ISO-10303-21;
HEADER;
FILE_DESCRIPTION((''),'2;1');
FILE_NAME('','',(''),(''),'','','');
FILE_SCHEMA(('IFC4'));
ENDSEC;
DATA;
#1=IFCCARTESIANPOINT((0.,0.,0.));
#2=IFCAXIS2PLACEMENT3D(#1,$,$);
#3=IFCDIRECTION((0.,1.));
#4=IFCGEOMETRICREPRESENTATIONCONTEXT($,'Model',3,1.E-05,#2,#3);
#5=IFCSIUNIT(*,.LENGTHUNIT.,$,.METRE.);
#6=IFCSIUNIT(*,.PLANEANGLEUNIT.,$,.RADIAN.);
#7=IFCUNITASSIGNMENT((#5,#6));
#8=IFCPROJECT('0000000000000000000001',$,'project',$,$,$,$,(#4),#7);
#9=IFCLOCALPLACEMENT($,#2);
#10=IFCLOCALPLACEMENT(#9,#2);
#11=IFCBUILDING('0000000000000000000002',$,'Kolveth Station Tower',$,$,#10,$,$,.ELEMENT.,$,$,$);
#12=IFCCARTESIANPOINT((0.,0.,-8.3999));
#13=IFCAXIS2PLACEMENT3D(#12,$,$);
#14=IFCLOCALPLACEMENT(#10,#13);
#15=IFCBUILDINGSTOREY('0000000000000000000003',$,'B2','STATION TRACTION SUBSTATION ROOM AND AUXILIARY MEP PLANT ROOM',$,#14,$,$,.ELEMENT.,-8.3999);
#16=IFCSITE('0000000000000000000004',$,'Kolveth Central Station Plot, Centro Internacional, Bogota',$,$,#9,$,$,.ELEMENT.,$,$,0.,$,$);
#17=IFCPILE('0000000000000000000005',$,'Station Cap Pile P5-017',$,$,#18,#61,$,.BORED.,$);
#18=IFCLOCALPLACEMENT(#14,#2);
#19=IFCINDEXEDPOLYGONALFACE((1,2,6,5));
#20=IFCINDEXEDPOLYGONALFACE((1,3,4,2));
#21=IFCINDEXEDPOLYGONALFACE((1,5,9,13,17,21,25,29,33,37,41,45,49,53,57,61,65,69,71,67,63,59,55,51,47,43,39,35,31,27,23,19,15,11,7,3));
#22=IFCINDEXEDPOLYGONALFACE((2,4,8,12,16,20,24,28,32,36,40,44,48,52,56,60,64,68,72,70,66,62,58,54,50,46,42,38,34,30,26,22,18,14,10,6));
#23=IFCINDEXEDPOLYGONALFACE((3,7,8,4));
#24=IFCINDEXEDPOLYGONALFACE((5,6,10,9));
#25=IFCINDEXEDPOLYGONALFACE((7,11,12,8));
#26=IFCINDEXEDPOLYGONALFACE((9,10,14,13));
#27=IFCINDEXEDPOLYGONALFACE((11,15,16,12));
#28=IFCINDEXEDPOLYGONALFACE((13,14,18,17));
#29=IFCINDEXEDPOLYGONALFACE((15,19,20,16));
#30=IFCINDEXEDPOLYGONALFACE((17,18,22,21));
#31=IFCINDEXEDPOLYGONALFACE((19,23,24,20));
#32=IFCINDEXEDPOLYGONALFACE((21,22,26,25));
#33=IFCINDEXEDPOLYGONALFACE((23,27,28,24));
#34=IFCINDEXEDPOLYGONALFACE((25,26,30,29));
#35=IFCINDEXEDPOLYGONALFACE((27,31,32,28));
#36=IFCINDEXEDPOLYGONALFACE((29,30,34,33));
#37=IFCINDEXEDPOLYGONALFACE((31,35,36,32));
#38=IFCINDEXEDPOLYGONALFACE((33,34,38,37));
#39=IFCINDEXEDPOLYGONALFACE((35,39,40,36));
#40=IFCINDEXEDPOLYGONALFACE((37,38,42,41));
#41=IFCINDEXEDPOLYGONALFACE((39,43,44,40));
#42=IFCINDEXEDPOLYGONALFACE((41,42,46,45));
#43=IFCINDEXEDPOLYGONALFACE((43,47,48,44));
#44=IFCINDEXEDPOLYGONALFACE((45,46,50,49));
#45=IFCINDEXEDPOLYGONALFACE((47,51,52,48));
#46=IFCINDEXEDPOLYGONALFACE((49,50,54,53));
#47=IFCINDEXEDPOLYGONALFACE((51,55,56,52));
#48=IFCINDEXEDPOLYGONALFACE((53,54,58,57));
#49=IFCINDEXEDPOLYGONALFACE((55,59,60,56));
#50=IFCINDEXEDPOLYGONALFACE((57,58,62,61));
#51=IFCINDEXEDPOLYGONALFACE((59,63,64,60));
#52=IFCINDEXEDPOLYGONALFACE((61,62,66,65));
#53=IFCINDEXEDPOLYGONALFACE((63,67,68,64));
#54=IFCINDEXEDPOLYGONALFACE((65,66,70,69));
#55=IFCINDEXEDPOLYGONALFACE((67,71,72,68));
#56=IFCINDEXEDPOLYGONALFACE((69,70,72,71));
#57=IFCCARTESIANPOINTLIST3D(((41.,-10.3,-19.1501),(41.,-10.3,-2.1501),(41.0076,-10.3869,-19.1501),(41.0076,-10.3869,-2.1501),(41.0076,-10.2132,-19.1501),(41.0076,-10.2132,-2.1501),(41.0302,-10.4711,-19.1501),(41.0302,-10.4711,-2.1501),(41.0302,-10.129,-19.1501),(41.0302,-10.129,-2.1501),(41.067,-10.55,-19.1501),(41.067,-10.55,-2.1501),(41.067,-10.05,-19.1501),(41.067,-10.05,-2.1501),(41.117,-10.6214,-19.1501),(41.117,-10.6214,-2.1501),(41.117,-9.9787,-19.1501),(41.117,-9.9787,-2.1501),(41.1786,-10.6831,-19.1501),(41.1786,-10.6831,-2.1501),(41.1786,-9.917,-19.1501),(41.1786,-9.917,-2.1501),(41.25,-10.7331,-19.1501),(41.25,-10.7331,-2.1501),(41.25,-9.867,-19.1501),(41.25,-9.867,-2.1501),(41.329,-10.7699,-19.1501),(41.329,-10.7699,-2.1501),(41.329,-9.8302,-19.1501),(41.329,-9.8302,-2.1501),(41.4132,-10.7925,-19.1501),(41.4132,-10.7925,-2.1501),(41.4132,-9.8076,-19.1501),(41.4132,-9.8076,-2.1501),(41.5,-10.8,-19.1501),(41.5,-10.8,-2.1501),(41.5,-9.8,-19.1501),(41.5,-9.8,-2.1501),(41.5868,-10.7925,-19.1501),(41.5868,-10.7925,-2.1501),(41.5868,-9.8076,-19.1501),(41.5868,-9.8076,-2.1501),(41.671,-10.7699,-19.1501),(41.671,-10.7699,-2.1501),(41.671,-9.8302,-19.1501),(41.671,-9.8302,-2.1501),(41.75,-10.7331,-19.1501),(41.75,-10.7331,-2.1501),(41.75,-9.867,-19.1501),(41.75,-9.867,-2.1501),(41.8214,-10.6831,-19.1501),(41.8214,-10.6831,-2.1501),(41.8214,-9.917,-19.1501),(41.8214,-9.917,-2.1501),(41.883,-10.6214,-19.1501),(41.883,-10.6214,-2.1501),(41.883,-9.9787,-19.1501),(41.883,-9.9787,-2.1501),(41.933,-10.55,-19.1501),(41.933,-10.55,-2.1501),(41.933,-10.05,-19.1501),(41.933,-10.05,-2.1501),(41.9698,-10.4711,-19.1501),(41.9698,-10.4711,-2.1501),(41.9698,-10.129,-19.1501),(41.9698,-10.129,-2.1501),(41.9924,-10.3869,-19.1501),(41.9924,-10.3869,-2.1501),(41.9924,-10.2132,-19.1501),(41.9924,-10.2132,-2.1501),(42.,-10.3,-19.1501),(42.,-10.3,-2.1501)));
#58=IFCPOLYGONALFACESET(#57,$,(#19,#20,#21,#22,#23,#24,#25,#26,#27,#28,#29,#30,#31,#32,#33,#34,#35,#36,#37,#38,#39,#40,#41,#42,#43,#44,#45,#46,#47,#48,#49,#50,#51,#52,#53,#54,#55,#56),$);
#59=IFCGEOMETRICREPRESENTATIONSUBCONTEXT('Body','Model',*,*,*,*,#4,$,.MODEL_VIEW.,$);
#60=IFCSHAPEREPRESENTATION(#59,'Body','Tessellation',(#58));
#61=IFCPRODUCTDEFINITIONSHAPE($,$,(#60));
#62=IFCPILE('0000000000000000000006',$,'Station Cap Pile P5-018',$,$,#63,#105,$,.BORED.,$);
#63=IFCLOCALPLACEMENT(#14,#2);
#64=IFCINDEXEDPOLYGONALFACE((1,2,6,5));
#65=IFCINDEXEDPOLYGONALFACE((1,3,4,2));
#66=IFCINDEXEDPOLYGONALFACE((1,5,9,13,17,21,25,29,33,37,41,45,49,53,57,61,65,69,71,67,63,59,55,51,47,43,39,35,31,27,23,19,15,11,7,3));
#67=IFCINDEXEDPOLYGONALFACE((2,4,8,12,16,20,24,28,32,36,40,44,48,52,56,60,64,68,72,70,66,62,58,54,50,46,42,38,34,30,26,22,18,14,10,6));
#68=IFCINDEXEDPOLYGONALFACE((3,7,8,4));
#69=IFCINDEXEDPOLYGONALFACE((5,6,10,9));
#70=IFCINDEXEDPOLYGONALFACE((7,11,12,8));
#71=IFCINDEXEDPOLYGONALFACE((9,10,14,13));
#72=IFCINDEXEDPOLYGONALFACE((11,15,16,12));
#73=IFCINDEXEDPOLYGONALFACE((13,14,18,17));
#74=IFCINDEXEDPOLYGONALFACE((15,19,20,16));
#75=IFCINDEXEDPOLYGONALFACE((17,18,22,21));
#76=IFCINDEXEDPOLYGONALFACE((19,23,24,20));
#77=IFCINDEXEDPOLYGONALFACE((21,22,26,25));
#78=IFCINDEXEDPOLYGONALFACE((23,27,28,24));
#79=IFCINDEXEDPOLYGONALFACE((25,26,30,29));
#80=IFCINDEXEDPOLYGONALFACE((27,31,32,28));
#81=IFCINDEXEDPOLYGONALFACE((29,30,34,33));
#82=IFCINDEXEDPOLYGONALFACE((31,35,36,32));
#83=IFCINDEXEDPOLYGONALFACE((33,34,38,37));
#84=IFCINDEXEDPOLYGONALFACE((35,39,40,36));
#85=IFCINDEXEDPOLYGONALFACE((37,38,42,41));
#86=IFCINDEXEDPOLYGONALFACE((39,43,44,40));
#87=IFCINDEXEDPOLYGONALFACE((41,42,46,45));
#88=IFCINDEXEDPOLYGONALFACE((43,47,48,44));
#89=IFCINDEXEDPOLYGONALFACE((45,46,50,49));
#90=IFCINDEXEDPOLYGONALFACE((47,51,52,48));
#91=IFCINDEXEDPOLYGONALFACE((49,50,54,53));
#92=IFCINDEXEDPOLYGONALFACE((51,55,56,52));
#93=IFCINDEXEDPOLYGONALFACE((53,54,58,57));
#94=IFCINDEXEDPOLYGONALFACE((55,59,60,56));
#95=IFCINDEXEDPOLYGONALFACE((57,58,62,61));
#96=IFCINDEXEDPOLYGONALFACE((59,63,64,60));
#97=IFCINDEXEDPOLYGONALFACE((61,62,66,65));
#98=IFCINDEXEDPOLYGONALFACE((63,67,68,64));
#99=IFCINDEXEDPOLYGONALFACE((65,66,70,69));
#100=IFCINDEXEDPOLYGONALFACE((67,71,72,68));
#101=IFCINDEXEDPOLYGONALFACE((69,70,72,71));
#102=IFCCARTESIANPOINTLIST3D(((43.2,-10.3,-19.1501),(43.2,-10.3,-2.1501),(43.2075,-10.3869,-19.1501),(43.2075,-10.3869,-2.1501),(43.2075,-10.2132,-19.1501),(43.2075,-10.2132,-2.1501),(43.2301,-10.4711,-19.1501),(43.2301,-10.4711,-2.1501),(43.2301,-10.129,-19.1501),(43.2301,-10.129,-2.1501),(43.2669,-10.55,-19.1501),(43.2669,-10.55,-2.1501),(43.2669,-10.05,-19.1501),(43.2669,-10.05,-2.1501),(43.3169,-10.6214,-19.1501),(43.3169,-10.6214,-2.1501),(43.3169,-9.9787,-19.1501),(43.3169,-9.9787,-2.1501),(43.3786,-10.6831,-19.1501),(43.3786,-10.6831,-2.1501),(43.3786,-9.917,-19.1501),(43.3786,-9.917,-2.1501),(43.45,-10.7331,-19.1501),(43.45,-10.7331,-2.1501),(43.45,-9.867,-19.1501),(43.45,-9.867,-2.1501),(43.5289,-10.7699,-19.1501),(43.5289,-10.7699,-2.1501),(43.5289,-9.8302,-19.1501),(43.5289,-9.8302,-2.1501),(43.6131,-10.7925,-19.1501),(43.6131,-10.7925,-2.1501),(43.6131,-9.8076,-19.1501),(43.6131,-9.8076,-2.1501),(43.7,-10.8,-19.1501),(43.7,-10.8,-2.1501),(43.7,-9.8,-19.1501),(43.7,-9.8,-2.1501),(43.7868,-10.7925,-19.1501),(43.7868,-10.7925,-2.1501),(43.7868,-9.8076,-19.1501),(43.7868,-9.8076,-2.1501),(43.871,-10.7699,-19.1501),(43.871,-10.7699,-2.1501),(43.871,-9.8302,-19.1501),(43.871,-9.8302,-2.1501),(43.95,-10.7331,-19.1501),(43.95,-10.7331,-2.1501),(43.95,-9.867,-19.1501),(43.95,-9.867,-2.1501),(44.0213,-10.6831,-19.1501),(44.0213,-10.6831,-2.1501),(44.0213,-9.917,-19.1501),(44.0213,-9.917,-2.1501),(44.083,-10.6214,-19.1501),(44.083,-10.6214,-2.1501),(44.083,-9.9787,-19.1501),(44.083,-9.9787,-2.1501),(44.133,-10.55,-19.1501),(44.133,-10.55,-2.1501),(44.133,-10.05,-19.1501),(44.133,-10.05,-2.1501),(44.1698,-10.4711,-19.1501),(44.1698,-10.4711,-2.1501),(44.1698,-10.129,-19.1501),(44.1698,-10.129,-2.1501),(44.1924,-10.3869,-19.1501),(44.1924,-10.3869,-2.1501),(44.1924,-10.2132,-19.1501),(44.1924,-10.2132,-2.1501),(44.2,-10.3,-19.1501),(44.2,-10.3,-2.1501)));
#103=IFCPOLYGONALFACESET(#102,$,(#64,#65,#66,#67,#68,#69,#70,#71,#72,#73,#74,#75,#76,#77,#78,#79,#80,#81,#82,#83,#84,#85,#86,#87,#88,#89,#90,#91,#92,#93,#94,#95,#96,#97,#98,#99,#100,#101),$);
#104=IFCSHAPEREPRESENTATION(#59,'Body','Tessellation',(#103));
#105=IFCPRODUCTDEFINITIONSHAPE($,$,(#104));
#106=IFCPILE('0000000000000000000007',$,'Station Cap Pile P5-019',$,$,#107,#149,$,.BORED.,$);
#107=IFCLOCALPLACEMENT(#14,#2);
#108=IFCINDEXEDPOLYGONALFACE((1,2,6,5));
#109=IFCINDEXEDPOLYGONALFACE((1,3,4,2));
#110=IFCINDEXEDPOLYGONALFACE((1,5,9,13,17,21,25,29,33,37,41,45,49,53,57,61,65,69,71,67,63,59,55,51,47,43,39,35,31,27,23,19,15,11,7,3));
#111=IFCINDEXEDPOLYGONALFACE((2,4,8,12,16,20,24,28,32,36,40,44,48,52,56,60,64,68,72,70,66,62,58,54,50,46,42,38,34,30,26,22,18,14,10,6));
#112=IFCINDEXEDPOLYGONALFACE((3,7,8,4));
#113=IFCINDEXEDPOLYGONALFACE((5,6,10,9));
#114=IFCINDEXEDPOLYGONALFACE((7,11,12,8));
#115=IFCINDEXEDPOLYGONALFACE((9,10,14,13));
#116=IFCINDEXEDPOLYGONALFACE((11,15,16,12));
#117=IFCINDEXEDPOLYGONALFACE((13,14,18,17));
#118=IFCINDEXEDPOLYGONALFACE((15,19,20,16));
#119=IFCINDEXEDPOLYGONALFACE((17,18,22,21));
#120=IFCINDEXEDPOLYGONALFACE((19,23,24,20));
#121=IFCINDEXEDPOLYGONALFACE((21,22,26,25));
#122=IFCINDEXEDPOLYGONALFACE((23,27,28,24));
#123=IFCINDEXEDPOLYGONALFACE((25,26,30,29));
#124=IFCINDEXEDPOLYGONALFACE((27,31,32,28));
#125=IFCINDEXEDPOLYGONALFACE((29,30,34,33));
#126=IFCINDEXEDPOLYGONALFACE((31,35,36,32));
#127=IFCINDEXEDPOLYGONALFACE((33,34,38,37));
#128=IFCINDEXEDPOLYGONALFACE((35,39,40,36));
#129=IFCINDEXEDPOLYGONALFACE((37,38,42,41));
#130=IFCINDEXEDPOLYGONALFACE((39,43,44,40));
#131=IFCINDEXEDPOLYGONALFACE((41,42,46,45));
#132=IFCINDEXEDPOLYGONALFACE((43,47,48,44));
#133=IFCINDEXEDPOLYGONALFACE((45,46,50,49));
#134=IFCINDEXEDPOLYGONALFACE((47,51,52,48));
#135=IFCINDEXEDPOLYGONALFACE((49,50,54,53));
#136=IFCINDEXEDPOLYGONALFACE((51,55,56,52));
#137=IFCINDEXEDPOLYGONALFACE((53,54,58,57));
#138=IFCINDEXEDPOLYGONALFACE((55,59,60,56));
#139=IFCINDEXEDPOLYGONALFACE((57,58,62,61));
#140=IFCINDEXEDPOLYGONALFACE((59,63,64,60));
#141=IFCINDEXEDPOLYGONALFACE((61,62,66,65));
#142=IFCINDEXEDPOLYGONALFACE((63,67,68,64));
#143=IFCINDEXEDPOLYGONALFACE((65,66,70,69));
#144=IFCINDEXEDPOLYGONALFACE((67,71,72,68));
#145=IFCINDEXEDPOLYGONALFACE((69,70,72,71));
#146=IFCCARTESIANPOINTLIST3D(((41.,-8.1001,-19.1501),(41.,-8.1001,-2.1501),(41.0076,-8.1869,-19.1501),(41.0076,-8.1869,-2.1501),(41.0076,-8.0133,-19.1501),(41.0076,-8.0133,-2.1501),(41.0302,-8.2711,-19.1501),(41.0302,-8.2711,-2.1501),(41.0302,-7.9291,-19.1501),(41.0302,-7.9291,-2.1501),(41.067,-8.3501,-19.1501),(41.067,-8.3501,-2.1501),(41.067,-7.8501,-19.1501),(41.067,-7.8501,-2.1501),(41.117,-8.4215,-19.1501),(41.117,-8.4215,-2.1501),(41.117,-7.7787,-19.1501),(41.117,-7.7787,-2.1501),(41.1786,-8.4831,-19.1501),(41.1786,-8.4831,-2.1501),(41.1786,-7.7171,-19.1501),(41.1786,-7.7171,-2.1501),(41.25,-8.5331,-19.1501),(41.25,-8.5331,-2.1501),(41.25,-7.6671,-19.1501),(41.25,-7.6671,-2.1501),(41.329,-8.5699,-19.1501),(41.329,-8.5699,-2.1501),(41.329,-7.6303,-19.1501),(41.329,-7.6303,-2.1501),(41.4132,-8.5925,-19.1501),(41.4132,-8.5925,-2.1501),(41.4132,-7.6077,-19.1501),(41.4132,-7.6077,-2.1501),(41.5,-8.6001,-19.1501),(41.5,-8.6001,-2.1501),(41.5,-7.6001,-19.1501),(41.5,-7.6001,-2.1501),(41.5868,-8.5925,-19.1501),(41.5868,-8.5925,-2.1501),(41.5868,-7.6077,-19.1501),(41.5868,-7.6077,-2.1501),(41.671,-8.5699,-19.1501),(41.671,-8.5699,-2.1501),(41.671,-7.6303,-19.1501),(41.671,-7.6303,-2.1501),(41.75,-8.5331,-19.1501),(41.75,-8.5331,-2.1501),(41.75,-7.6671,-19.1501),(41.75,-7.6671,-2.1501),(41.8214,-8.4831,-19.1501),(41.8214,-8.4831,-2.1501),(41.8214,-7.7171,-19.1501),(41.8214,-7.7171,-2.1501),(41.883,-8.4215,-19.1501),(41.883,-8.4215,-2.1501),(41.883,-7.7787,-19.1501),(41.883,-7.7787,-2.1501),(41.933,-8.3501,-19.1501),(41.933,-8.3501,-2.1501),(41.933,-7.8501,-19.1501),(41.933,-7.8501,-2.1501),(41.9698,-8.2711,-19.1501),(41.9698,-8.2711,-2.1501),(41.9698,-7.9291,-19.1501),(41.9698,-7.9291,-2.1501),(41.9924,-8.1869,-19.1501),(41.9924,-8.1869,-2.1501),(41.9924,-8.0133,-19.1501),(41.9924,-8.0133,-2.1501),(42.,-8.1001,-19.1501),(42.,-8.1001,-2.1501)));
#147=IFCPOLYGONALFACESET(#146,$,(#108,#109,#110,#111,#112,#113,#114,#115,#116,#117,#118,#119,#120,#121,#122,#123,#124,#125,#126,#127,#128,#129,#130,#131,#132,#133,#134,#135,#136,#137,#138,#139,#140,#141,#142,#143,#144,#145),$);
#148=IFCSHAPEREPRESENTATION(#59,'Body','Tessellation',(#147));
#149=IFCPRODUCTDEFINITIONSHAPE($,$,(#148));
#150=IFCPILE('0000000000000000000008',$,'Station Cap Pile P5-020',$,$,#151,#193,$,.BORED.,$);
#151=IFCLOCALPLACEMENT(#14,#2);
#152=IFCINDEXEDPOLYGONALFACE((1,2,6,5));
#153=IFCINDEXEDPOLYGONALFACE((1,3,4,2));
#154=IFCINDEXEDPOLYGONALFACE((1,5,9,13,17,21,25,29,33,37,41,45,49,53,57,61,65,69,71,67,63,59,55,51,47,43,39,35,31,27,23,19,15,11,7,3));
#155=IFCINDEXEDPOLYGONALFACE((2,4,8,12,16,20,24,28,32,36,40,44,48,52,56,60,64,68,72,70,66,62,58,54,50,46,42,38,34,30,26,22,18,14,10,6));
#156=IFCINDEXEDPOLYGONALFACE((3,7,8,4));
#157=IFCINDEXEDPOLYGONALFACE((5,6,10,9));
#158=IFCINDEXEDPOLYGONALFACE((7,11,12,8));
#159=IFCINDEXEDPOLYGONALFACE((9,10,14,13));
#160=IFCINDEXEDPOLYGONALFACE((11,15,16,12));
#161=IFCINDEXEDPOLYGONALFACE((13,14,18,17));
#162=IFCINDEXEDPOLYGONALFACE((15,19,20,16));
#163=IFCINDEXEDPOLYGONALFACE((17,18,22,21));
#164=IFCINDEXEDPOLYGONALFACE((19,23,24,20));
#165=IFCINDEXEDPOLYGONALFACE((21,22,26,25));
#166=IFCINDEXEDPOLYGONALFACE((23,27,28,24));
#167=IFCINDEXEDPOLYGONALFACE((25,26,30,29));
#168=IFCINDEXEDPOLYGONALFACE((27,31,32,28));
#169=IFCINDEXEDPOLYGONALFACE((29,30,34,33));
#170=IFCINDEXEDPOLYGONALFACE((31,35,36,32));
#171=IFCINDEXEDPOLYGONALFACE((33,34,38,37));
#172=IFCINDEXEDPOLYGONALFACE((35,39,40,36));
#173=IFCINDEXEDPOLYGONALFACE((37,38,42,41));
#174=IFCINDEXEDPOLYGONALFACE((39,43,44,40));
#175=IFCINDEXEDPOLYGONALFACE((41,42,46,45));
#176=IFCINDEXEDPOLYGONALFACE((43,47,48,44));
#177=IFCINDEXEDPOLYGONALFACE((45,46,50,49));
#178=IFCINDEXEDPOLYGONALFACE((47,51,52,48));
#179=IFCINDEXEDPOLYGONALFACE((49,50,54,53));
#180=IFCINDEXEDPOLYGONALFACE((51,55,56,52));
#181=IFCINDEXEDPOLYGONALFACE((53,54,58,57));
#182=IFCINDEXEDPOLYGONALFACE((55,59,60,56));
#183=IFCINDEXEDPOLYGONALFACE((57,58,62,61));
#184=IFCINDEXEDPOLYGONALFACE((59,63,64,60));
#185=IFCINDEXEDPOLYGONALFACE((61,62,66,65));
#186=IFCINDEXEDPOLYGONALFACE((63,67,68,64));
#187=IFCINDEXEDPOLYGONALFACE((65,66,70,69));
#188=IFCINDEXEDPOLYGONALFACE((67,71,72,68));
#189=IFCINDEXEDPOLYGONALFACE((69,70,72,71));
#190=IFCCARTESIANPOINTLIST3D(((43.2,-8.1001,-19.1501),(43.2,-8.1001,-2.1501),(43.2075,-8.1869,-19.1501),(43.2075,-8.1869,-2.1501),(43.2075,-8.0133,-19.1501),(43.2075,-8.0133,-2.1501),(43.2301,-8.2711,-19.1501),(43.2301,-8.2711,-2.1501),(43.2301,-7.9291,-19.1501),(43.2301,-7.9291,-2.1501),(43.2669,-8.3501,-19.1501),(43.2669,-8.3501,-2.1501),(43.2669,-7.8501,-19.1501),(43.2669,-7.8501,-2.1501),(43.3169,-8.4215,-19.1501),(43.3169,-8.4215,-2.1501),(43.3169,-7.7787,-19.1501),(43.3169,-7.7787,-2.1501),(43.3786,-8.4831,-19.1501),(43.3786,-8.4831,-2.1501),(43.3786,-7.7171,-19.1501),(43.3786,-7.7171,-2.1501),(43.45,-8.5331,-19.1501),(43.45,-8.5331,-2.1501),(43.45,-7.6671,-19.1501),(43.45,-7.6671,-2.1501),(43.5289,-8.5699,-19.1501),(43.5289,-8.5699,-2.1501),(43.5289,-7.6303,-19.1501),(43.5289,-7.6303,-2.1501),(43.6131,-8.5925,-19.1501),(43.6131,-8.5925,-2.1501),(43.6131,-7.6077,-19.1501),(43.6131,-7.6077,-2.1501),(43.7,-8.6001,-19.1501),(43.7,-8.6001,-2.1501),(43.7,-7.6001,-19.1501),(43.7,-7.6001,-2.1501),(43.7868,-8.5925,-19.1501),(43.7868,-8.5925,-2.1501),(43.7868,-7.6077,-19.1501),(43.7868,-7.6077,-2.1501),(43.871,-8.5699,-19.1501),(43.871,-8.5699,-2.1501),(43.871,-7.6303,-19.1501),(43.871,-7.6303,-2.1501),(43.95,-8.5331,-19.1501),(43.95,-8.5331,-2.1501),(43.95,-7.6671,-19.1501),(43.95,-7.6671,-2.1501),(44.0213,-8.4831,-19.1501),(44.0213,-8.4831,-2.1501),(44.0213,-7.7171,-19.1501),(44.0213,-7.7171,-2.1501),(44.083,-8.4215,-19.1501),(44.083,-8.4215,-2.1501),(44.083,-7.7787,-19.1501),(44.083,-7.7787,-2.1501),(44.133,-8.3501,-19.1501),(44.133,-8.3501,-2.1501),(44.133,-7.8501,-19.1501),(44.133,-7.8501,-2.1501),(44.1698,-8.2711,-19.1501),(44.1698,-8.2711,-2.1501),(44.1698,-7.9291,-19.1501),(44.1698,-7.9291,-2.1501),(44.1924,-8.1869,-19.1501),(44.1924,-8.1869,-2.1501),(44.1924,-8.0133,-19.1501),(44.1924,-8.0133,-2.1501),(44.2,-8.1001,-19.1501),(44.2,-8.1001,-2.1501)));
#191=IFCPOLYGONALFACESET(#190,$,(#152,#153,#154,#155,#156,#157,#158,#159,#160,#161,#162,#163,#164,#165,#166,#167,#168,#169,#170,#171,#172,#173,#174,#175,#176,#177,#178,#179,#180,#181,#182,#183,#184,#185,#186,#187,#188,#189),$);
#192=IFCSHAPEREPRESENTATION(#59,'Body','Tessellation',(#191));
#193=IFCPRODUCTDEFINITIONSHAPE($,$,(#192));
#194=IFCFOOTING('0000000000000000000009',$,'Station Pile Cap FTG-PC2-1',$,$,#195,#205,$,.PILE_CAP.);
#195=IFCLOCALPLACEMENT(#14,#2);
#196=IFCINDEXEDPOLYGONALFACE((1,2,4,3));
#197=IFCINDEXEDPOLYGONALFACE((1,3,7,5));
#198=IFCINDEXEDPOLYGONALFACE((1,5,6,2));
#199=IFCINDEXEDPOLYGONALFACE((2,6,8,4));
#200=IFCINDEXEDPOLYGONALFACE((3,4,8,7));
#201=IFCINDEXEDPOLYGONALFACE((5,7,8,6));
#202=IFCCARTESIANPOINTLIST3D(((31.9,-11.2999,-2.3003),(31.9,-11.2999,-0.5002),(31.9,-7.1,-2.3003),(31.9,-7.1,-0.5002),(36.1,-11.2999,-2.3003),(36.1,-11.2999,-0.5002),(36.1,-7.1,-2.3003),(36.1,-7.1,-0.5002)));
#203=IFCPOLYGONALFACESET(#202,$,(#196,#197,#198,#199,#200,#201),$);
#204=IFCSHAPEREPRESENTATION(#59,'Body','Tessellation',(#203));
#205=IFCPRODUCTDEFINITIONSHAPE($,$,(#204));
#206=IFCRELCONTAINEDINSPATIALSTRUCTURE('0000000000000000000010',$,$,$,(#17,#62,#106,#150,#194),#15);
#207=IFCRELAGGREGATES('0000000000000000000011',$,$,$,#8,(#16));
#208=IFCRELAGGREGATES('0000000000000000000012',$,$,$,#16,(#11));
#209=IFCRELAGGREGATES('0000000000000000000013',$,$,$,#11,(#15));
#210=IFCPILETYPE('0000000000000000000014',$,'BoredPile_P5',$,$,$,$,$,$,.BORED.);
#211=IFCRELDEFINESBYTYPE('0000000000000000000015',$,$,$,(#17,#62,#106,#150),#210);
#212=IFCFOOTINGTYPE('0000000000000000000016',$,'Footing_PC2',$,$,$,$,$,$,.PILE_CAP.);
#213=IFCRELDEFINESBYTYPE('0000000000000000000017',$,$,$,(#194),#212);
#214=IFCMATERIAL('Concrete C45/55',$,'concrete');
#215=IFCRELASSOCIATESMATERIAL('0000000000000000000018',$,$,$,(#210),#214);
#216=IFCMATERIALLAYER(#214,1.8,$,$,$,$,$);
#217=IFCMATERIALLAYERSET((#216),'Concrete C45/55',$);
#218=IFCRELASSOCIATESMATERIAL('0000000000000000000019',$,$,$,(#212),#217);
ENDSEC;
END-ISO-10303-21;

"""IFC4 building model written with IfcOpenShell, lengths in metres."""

from ifc_helpers import new_model, si_unit, direction, frame, origin, origin_2d, place, context, subcontext, project, spatial, rectangle, circle, extrude, source, transform, mapped, material, layer, layer_set, material_profile, profile_set, type_object, element, save


model = new_model("IFC4")

# Units and contexts
model_context = context("Model", 3, precision=1e-05, world=origin(), true_north=direction((0.0, 1.0)))
body_context = subcontext(model_context, "Body", "Model", "MODEL_VIEW")
ifc_project = project(units=[si_unit("LENGTHUNIT", "METRE"), si_unit("PLANEANGLEUNIT", "RADIAN")], contexts=[model_context])

# Site, building, storey
site_placement = place(None, origin())
site = spatial("IfcSite", under=ifc_project, at=site_placement, Name="Kolveth Central Station Plot, Centro Internacional, Bogota", CompositionType="ELEMENT", RefElevation=0.0)
building_placement = place(site_placement, origin())
building = spatial("IfcBuilding", under=site, at=building_placement, Name="Kolveth Station Tower", CompositionType="ELEMENT")
storey_placement = place(building_placement, frame((0.0, 0.0, -8.3999)))
storey = spatial("IfcBuildingStorey", under=building, at=storey_placement, Name="B2", Description="STATION TRACTION SUBSTATION ROOM AND AUXILIARY MEP PLANT ROOM", CompositionType="ELEMENT", Elevation=-8.3999)

# Piles
ifc_material_1 = material(Name="Concrete C45/55", Category="concrete")
ifc_material_profile_1 = material_profile(ifc_material_1, circle(Radius=0.5, at=origin_2d()), Name="PILE-D1000")
ifc_profile_set_1 = profile_set([ifc_material_profile_1], Name="Concrete C45/55")
pile_type_1 = type_object("IfcPileType", Name="BoredPile_P5", PredefinedType="BORED", material=ifc_profile_set_1)
shared_shape_1 = source(origin(), body_context, "Body", "SweptSolid", [
    extrude(circle(Radius=0.5, at=origin_2d()), origin(), (0.0, 0.0, 1.0), 17.0),
])
for number, where, z_axis, x_axis, name in (
    (1, (41.5, -10.3, -2.1501), (0.0, 0.0, -1.0), (1.0, 0.0, 0.0), "Station Cap Pile P5-017"),
    (2, (43.7, -10.3, -2.1501), (0.0, 0.0, -1.0), (1.0, 0.0, 0.0), "Station Cap Pile P5-018"),
    (3, (41.5, -8.1001, -2.1501), (0.0, 0.0, -1.0), (1.0, 0.0, 0.0), "Station Cap Pile P5-019"),
    (4, (43.7, -8.1001, -2.1501), (0.0, 0.0, -1.0), (1.0, 0.0, 0.0), "Station Cap Pile P5-020"),
):
    element("IfcPile", number, at=place(storey_placement, frame(where, z_axis=z_axis, x_axis=x_axis)), inside=storey, type_object=pile_type_1, Name=name, PredefinedType="BORED", context=body_context, shape_type="MappedRepresentation", body=[
        mapped(shared_shape_1, transform((0.0, 0.0, 0.0), x_axis=(1.0, 0.0, 0.0), y_axis=(0.0, 1.0, 0.0), z_axis=(0.0, 0.0, 1.0), scale=1.0)),
    ])

# Footing
ifc_layer_1 = layer(ifc_material_1, 1.8)
ifc_layer_set_1 = layer_set([ifc_layer_1], Name="Concrete C45/55")
footing_type_1 = type_object("IfcFootingType", Name="Footing_PC2", PredefinedType="PILE_CAP", material=ifc_layer_set_1)
shared_shape_2 = source(origin(), body_context, "Body", "SweptSolid", [
    extrude(rectangle(XDim=4.2, YDim=4.2, at=origin_2d()), origin(), (0.0, 0.0, 1.0), 1.8),
])
for number, where, z_axis, x_axis, name in (
    (5, (34.0, -9.2, -2.3003), (0.0, 0.0, 1.0), (1.0, 0.0, 0.0), "Station Pile Cap FTG-PC2-1"),
):
    element("IfcFooting", number, at=place(storey_placement, frame(where, z_axis=z_axis, x_axis=x_axis)), inside=storey, type_object=footing_type_1, Name=name, PredefinedType="PILE_CAP", context=body_context, shape_type="MappedRepresentation", body=[
        mapped(shared_shape_2, transform((0.0, 0.0, 0.0), x_axis=(1.0, 0.0, 0.0), y_axis=(0.0, 1.0, 0.0), z_axis=(0.0, 0.0, 1.0), scale=1.0)),
    ])

save(model, "model.ifc")
